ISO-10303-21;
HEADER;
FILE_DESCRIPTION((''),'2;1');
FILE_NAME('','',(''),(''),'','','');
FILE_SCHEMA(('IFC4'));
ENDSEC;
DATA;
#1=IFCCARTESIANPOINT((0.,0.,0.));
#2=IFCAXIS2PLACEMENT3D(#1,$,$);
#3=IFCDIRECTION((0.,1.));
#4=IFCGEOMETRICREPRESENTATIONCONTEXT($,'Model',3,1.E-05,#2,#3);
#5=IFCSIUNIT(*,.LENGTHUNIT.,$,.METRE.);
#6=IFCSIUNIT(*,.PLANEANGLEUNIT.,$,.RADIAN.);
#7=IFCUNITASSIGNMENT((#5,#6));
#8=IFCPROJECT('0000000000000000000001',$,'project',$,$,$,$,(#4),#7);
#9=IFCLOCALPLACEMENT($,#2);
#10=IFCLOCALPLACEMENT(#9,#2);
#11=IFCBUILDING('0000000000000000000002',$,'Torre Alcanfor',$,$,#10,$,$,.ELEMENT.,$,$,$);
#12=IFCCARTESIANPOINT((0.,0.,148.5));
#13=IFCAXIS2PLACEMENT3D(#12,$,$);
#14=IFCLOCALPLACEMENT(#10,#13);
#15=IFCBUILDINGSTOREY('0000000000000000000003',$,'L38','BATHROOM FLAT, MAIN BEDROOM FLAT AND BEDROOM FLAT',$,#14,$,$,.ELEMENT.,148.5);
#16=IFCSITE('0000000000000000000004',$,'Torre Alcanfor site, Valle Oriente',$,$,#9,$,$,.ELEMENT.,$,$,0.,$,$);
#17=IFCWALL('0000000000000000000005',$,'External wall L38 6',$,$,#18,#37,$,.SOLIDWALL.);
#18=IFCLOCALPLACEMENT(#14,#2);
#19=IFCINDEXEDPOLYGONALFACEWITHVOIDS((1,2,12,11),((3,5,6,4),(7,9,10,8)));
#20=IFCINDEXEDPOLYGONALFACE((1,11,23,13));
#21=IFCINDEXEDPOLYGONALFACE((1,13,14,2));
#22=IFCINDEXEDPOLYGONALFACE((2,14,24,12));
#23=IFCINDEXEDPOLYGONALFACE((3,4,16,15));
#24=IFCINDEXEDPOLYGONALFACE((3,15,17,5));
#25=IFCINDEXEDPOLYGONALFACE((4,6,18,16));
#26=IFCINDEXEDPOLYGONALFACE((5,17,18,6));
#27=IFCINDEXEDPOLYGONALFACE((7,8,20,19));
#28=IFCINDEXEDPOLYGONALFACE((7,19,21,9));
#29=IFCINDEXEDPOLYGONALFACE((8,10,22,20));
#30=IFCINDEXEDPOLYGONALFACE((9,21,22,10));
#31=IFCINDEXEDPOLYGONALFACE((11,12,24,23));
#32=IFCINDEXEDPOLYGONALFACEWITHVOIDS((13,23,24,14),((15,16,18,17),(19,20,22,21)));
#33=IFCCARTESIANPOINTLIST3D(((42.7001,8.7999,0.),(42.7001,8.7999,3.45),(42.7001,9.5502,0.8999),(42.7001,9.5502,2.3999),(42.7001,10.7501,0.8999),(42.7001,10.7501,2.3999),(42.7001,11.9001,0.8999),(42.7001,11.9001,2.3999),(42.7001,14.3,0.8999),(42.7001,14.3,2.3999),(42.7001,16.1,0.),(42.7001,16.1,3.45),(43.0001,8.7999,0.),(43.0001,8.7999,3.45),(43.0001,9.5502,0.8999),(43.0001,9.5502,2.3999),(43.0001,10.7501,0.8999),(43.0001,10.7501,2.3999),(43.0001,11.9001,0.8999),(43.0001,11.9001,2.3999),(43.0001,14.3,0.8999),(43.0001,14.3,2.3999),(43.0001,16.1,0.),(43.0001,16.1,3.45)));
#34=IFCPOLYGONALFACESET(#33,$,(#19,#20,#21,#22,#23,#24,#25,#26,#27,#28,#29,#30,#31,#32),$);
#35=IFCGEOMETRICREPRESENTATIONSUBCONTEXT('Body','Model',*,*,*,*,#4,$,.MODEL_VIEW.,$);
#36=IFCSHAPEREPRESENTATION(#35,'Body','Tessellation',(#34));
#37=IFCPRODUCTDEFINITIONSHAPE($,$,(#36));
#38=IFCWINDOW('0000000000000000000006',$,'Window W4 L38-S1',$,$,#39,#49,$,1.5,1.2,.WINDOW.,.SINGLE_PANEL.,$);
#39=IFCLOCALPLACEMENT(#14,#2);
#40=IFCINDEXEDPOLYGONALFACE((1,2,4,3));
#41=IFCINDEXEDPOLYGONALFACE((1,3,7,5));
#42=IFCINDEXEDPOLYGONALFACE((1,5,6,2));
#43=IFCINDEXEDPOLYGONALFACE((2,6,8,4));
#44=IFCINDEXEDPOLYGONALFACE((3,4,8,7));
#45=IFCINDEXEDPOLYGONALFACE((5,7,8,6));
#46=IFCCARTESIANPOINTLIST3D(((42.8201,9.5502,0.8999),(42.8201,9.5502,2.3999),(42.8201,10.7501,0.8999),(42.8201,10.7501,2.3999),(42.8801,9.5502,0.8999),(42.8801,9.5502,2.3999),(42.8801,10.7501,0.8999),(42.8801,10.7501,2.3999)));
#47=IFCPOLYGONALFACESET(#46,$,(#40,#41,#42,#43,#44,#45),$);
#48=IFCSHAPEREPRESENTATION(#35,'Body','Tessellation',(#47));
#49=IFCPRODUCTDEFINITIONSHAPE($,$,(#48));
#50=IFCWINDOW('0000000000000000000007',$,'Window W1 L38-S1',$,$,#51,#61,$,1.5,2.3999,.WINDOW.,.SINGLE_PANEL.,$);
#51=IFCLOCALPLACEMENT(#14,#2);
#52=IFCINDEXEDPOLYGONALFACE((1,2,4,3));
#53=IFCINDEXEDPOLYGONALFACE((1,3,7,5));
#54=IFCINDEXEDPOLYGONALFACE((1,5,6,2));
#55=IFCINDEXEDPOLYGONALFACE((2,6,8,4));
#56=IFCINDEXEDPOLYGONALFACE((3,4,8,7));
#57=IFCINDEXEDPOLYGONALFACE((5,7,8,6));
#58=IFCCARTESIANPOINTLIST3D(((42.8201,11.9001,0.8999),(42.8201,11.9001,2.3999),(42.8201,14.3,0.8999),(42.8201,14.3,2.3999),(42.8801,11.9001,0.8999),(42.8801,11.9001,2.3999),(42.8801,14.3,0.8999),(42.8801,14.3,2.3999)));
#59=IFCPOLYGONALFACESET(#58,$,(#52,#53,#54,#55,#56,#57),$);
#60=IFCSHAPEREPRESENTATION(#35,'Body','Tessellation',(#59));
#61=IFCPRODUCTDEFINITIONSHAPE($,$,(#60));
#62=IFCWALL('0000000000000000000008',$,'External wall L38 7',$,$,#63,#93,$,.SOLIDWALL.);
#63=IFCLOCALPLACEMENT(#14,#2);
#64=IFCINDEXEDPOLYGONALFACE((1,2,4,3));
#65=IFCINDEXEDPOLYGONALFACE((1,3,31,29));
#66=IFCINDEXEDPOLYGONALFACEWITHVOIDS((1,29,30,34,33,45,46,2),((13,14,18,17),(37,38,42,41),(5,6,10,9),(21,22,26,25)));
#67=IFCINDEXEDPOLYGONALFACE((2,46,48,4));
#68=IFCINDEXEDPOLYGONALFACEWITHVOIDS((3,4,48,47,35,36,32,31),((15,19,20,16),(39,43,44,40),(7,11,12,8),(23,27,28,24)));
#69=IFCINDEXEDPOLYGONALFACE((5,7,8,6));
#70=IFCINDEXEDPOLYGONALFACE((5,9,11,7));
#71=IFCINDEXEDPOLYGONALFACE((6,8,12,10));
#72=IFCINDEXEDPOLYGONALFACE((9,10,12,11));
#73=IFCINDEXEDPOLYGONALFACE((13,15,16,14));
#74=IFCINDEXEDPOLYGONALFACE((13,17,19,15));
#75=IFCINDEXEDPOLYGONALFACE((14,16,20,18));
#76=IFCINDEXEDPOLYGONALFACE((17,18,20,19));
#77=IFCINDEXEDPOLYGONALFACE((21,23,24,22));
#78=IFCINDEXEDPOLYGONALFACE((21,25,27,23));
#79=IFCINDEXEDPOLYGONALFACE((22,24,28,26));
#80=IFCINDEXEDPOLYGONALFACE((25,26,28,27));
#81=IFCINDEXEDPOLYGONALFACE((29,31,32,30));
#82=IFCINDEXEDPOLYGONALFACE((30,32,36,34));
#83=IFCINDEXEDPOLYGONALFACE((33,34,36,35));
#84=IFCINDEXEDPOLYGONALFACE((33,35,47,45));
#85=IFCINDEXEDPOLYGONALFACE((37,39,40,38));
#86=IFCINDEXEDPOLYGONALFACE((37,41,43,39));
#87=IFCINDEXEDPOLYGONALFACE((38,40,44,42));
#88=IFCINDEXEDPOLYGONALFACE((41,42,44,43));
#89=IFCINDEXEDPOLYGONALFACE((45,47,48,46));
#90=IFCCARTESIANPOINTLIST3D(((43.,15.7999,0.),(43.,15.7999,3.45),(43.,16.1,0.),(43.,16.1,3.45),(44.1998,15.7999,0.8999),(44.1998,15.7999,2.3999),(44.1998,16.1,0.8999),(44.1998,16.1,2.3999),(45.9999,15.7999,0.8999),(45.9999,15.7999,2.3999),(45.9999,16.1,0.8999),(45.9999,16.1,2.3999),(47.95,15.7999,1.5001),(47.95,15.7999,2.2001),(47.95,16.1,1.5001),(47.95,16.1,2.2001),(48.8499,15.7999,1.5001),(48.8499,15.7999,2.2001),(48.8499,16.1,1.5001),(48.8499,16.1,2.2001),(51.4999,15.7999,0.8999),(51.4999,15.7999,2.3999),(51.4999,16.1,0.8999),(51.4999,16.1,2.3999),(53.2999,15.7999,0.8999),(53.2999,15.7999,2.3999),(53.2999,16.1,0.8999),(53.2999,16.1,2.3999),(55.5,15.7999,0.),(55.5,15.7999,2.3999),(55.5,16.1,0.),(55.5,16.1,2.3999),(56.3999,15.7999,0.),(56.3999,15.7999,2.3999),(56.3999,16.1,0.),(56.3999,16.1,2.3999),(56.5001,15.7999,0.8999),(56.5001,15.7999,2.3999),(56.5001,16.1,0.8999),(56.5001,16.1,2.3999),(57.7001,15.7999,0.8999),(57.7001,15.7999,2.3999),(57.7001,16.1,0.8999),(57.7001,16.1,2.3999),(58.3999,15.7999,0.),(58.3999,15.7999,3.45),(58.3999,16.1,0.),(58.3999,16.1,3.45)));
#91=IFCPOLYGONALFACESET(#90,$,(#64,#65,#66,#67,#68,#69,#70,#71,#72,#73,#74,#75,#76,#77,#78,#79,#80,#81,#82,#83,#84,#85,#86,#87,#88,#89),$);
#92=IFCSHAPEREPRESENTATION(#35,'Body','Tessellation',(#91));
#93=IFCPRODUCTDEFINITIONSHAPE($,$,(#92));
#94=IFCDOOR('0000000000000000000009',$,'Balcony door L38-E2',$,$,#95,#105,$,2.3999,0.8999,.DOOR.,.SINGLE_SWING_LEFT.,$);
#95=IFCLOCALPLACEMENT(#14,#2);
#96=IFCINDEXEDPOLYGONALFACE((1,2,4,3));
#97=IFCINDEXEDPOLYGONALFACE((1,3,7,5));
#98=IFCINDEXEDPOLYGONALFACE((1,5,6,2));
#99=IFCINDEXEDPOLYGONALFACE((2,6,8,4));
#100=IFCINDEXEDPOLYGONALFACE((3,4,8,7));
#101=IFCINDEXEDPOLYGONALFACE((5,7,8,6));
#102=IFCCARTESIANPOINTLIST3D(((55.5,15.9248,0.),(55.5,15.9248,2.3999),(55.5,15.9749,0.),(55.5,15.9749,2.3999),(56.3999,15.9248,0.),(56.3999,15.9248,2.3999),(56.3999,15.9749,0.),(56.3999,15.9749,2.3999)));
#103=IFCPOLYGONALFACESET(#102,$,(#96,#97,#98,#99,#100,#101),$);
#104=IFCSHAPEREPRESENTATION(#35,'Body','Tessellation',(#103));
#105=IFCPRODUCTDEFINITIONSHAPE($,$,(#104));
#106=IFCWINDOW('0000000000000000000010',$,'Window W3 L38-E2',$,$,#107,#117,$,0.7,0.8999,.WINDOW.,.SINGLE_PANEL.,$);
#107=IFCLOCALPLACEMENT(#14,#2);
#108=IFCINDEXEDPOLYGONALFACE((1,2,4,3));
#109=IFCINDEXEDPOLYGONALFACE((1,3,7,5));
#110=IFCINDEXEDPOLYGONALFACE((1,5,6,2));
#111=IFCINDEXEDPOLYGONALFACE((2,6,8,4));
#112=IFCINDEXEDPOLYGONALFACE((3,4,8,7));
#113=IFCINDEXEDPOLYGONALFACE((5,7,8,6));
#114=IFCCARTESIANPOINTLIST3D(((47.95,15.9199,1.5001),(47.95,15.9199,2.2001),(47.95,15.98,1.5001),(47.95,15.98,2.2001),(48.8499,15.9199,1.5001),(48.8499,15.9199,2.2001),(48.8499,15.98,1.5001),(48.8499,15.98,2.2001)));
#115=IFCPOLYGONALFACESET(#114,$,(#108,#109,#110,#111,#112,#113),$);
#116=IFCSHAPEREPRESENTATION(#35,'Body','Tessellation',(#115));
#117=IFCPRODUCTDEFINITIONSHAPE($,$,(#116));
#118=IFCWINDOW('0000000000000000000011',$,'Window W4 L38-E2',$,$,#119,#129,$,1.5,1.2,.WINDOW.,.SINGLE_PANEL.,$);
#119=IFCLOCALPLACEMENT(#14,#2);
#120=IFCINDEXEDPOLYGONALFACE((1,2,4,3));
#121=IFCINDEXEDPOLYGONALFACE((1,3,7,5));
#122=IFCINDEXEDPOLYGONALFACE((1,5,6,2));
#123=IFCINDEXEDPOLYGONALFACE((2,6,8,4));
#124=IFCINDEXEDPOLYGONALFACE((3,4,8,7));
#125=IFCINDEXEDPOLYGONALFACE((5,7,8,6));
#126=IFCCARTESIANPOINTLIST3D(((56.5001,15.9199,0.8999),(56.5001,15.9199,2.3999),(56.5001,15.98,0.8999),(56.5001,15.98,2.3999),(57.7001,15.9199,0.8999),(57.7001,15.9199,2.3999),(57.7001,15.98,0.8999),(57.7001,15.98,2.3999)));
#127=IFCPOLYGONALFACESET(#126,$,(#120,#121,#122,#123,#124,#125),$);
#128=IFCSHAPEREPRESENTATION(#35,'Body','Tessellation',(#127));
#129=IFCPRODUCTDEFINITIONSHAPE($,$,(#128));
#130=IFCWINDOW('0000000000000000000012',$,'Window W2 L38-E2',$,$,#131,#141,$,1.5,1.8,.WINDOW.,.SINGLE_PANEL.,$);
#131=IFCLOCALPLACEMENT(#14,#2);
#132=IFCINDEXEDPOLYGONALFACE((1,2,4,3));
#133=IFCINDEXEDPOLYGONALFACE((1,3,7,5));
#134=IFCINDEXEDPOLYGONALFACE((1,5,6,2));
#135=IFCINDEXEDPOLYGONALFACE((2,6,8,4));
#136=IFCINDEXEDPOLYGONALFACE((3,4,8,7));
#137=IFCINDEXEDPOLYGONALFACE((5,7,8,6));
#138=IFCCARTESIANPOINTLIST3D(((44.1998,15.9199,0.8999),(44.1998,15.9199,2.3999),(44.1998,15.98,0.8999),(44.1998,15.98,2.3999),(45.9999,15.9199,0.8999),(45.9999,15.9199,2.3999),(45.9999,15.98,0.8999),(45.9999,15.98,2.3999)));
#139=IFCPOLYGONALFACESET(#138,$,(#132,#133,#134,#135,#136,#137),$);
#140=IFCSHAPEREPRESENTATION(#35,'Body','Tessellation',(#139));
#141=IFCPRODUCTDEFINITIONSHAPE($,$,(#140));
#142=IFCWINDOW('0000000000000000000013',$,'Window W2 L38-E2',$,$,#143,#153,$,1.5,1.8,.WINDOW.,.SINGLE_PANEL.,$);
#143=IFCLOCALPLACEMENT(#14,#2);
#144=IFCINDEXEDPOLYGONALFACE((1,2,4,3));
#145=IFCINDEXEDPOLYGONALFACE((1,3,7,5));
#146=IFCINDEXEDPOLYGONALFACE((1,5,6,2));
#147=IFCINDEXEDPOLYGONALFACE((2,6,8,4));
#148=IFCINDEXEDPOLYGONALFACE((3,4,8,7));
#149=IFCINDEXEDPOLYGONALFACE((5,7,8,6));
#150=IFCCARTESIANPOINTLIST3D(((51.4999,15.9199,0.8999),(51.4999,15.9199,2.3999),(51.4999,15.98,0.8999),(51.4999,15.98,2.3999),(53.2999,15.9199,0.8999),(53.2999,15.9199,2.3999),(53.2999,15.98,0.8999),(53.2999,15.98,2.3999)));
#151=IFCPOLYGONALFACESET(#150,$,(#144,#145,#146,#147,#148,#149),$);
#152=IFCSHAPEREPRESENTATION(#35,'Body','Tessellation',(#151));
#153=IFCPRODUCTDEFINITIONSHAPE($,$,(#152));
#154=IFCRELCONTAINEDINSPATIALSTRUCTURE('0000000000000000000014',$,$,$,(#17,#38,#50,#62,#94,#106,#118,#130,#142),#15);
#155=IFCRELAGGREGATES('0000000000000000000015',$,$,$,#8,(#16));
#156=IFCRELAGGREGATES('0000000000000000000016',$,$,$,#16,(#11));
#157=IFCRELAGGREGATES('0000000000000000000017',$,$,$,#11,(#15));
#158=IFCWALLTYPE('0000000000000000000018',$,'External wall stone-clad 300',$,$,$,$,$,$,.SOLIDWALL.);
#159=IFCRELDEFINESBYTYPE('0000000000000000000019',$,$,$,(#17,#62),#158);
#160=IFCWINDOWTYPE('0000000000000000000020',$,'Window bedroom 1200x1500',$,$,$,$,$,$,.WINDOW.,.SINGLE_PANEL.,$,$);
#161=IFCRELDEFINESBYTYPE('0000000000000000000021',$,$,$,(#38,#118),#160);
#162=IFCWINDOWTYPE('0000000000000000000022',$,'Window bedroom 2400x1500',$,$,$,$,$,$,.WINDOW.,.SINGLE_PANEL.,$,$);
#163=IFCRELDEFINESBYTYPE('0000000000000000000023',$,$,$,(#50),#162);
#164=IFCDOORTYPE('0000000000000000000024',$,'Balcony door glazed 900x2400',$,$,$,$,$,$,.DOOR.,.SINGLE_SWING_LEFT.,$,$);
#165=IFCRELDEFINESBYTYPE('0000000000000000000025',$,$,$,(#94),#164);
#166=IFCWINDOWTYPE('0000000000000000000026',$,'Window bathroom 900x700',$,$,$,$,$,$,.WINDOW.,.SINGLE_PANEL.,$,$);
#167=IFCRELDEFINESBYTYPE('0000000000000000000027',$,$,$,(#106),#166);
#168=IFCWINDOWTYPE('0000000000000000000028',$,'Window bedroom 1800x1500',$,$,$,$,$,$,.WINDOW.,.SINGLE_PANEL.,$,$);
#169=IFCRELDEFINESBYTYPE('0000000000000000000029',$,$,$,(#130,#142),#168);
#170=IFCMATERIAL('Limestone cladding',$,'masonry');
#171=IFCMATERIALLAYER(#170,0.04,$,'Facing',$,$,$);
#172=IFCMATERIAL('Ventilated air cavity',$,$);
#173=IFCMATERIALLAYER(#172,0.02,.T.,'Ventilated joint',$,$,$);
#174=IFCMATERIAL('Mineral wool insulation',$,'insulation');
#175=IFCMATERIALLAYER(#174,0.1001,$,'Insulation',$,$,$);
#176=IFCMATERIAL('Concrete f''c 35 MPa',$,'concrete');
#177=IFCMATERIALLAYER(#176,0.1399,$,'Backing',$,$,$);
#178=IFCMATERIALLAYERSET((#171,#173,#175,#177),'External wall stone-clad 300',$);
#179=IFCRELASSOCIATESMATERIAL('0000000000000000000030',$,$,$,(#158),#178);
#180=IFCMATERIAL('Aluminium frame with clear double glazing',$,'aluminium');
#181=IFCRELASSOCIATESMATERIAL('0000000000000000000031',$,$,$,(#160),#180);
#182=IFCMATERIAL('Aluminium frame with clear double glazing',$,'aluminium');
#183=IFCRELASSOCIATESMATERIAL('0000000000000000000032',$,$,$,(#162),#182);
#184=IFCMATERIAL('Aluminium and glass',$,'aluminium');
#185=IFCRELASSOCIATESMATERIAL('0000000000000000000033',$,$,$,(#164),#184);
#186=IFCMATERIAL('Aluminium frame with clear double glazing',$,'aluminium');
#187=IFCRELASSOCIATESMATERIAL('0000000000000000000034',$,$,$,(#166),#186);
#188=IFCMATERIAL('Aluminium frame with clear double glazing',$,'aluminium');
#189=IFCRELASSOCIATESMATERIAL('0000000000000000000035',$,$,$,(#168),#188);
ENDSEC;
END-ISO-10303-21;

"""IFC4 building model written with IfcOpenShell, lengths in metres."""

from ifc_helpers import new_model, si_unit, direction, frame, frame_2d, origin, place, context, subcontext, project, spatial, rectangle, extrude, material, layer, layer_set, type_object, element, fill, save


model = new_model("IFC4")

# Units and contexts
model_context = context("Model", 3, precision=1e-05, world=origin(), true_north=direction((0.0, 1.0)))
body_context = subcontext(model_context, "Body", "Model", "MODEL_VIEW")
ifc_project = project(units=[si_unit("LENGTHUNIT", "METRE"), si_unit("PLANEANGLEUNIT", "RADIAN")], contexts=[model_context])

# Site, building, storey
site_placement = place(None, origin())
site = spatial("IfcSite", under=ifc_project, at=site_placement, Name="Torre Alcanfor site, Valle Oriente", CompositionType="ELEMENT", RefElevation=0.0)
building_placement = place(site_placement, origin())
building = spatial("IfcBuilding", under=site, at=building_placement, Name="Torre Alcanfor", CompositionType="ELEMENT")
storey_placement = place(building_placement, frame((0.0, 0.0, 148.5)))
storey = spatial("IfcBuildingStorey", under=building, at=storey_placement, Name="L38", Description="BATHROOM FLAT, MAIN BEDROOM FLAT AND BEDROOM FLAT", CompositionType="ELEMENT", Elevation=148.5)

# Wall, openings, windows
ifc_material_1 = material(Name="Limestone cladding", Category="masonry")
ifc_layer_1 = layer(ifc_material_1, 0.04, Name="Facing")
ifc_material_2 = material(Name="Ventilated air cavity")
ifc_layer_2 = layer(ifc_material_2, 0.02, ventilated=True, Name="Ventilated joint")
ifc_material_3 = material(Name="Mineral wool insulation", Category="insulation")
ifc_layer_3 = layer(ifc_material_3, 0.1001, Name="Insulation")
ifc_material_4 = material(Name="Concrete f'c 35 MPa", Category="concrete")
ifc_layer_4 = layer(ifc_material_4, 0.1399, Name="Backing")
ifc_layer_set_1 = layer_set([ifc_layer_1, ifc_layer_2, ifc_layer_3, ifc_layer_4], Name="External wall stone-clad 300")
wall_type_1 = type_object("IfcWallType", Name="External wall stone-clad 300", PredefinedType="SOLIDWALL", material=ifc_layer_set_1)
wall_1_placement = place(storey_placement, frame((42.8501, 8.8, 0.0), z_axis=(0.0, 0.0, 1.0), x_axis=(0.0, 1.0, 0.0)))
wall_1 = element("IfcWall", 1, at=wall_1_placement, inside=storey, type_object=wall_type_1, Name="External wall L38 6", PredefinedType="SOLIDWALL", context=body_context, shape_type="SweptSolid", body=[
    extrude(rectangle(XDim=7.3, YDim=0.3, at=frame_2d((3.6499, 0.0))), origin(), (0.0, 0.0, 1.0), 3.45),
])
opening_1_placement = place(wall_1_placement, frame((3.1001, 0.0, 0.8999)))
opening_1 = element("IfcOpeningElement", 2, at=opening_1_placement, cuts=wall_1, PredefinedType="OPENING", context=body_context, shape_type="SweptSolid", body=[
    extrude(rectangle(XDim=2.3999, YDim=1.5, at=frame_2d((1.2, 0.75))), frame((0.0, 0.1599, 0.0), z_axis=(0.0, -1.0, 0.0), x_axis=(1.0, 0.0, 0.0)), (0.0, 0.0, 1.0), 0.3201),
])
opening_2_placement = place(wall_1_placement, frame((0.75, 0.0, 0.8999)))
opening_2 = element("IfcOpeningElement", 3, at=opening_2_placement, cuts=wall_1, PredefinedType="OPENING", context=body_context, shape_type="SweptSolid", body=[
    extrude(rectangle(XDim=1.2, YDim=1.5, at=frame_2d((0.6001, 0.75))), frame((0.0, 0.1599, 0.0), z_axis=(0.0, -1.0, 0.0), x_axis=(1.0, 0.0, 0.0)), (0.0, 0.0, 1.0), 0.3201),
])
ifc_material_5 = material(Name="Aluminium frame with clear double glazing", Category="aluminium")
window_type_1 = type_object("IfcWindowType", Name="Window bedroom 1200x1500", PartitioningType="SINGLE_PANEL", PredefinedType="WINDOW", material=ifc_material_5)
window_1_placement = place(opening_2_placement, origin())
window_1 = element("IfcWindow", 4, at=window_1_placement, inside=storey, type_object=window_type_1, Name="Window W4 L38-S1", OverallHeight=1.5, OverallWidth=1.2, PartitioningType="SINGLE_PANEL", PredefinedType="WINDOW", context=body_context, shape_type="SweptSolid", body=[
    extrude(rectangle(XDim=1.2, YDim=1.5, at=frame_2d((0.6001, 0.75))), frame((0.0, 0.03, 0.0), z_axis=(0.0, -1.0, 0.0), x_axis=(1.0, 0.0, 0.0)), (0.0, 0.0, 1.0), 0.0601),
])
fill(opening_2, window_1)
ifc_material_6 = material(Name="Aluminium frame with clear double glazing", Category="aluminium")
window_type_2 = type_object("IfcWindowType", Name="Window bedroom 2400x1500", PartitioningType="SINGLE_PANEL", PredefinedType="WINDOW", material=ifc_material_6)
window_2_placement = place(opening_1_placement, origin())
window_2 = element("IfcWindow", 5, at=window_2_placement, inside=storey, type_object=window_type_2, Name="Window W1 L38-S1", OverallHeight=1.5, OverallWidth=2.3999, PartitioningType="SINGLE_PANEL", PredefinedType="WINDOW", context=body_context, shape_type="SweptSolid", body=[
    extrude(rectangle(XDim=2.3999, YDim=1.5, at=frame_2d((1.2, 0.75))), frame((0.0, 0.03, 0.0), z_axis=(0.0, -1.0, 0.0), x_axis=(1.0, 0.0, 0.0)), (0.0, 0.0, 1.0), 0.0601),
])
fill(opening_1, window_2)

# Wall, openings, door, windows
wall_2_placement = place(storey_placement, frame((43.0, 15.95, 0.0), z_axis=(0.0, 0.0, 1.0), x_axis=(1.0, 0.0, 0.0)))
wall_2 = element("IfcWall", 6, at=wall_2_placement, inside=storey, type_object=wall_type_1, Name="External wall L38 7", PredefinedType="SOLIDWALL", context=body_context, shape_type="SweptSolid", body=[
    extrude(rectangle(XDim=15.3999, YDim=0.3, at=frame_2d((7.7, 0.0))), origin(), (0.0, 0.0, 1.0), 3.45),
])
opening_3_placement = place(wall_2_placement, frame((1.2, 0.0, 0.8999)))
opening_3 = element("IfcOpeningElement", 7, at=opening_3_placement, cuts=wall_2, PredefinedType="OPENING", context=body_context, shape_type="SweptSolid", body=[
    extrude(rectangle(XDim=1.8, YDim=1.5, at=frame_2d((0.8999, 0.75))), frame((0.0, 0.1599, 0.0), z_axis=(0.0, -1.0, 0.0), x_axis=(1.0, 0.0, 0.0)), (0.0, 0.0, 1.0), 0.3201),
])
opening_4_placement = place(wall_2_placement, frame((4.95, 0.0, 1.5)))
opening_4 = element("IfcOpeningElement", 8, at=opening_4_placement, cuts=wall_2, PredefinedType="OPENING", context=body_context, shape_type="SweptSolid", body=[
    extrude(rectangle(XDim=0.8999, YDim=0.7, at=frame_2d((0.45, 0.3501))), frame((0.0, 0.1599, 0.0), z_axis=(0.0, -1.0, 0.0), x_axis=(1.0, 0.0, 0.0)), (0.0, 0.0, 1.0), 0.3201),
])
opening_5_placement = place(wall_2_placement, frame((8.5, 0.0, 0.8999)))
opening_5 = element("IfcOpeningElement", 9, at=opening_5_placement, cuts=wall_2, PredefinedType="OPENING", context=body_context, shape_type="SweptSolid", body=[
    extrude(rectangle(XDim=1.8, YDim=1.5, at=frame_2d((0.8999, 0.75))), frame((0.0, 0.1599, 0.0), z_axis=(0.0, -1.0, 0.0), x_axis=(1.0, 0.0, 0.0)), (0.0, 0.0, 1.0), 0.3201),
])
opening_6_placement = place(wall_2_placement, frame((12.5, 0.0, 0.0)))
opening_6 = element("IfcOpeningElement", 10, at=opening_6_placement, cuts=wall_2, PredefinedType="OPENING", context=body_context, shape_type="SweptSolid", body=[
    extrude(rectangle(XDim=0.8999, YDim=2.3999, at=frame_2d((0.45, 1.2))), frame((0.0, 0.1599, 0.0), z_axis=(0.0, -1.0, 0.0), x_axis=(1.0, 0.0, 0.0)), (0.0, 0.0, 1.0), 0.3201),
])
opening_7_placement = place(wall_2_placement, frame((13.5, 0.0, 0.8999)))
opening_7 = element("IfcOpeningElement", 11, at=opening_7_placement, cuts=wall_2, PredefinedType="OPENING", context=body_context, shape_type="SweptSolid", body=[
    extrude(rectangle(XDim=1.2, YDim=1.5, at=frame_2d((0.6001, 0.75))), frame((0.0, 0.1599, 0.0), z_axis=(0.0, -1.0, 0.0), x_axis=(1.0, 0.0, 0.0)), (0.0, 0.0, 1.0), 0.3201),
])
ifc_material_7 = material(Name="Aluminium and glass", Category="aluminium")
door_type_1 = type_object("IfcDoorType", Name="Balcony door glazed 900x2400", OperationType="SINGLE_SWING_LEFT", PredefinedType="DOOR", material=ifc_material_7)
door_1_placement = place(opening_6_placement, origin())
door_1 = element("IfcDoor", 12, at=door_1_placement, inside=storey, type_object=door_type_1, Name="Balcony door L38-E2", OperationType="SINGLE_SWING_LEFT", OverallHeight=2.3999, OverallWidth=0.8999, PredefinedType="DOOR", context=body_context, shape_type="SweptSolid", body=[
    extrude(rectangle(XDim=0.8999, YDim=2.3999, at=frame_2d((0.45, 1.2))), frame((0.0, 0.0249, 0.0), z_axis=(0.0, -1.0, 0.0), x_axis=(1.0, 0.0, 0.0)), (0.0, 0.0, 1.0), 0.05),
])
fill(opening_6, door_1)
ifc_material_8 = material(Name="Aluminium frame with clear double glazing", Category="aluminium")
window_type_3 = type_object("IfcWindowType", Name="Window bathroom 900x700", PartitioningType="SINGLE_PANEL", PredefinedType="WINDOW", material=ifc_material_8)
window_3_placement = place(opening_4_placement, origin())
window_3 = element("IfcWindow", 13, at=window_3_placement, inside=storey, type_object=window_type_3, Name="Window W3 L38-E2", OverallHeight=0.7, OverallWidth=0.8999, PartitioningType="SINGLE_PANEL", PredefinedType="WINDOW", context=body_context, shape_type="SweptSolid", body=[
    extrude(rectangle(XDim=0.8999, YDim=0.7, at=frame_2d((0.45, 0.3501))), frame((0.0, 0.03, 0.0), z_axis=(0.0, -1.0, 0.0), x_axis=(1.0, 0.0, 0.0)), (0.0, 0.0, 1.0), 0.0601),
])
fill(opening_4, window_3)
window_4_placement = place(opening_7_placement, origin())
window_4 = element("IfcWindow", 14, at=window_4_placement, inside=storey, type_object=window_type_1, Name="Window W4 L38-E2", OverallHeight=1.5, OverallWidth=1.2, PartitioningType="SINGLE_PANEL", PredefinedType="WINDOW", context=body_context, shape_type="SweptSolid", body=[
    extrude(rectangle(XDim=1.2, YDim=1.5, at=frame_2d((0.6001, 0.75))), frame((0.0, 0.03, 0.0), z_axis=(0.0, -1.0, 0.0), x_axis=(1.0, 0.0, 0.0)), (0.0, 0.0, 1.0), 0.0601),
])
fill(opening_7, window_4)
ifc_material_9 = material(Name="Aluminium frame with clear double glazing", Category="aluminium")
window_type_4 = type_object("IfcWindowType", Name="Window bedroom 1800x1500", PartitioningType="SINGLE_PANEL", PredefinedType="WINDOW", material=ifc_material_9)
window_5_placement = place(opening_3_placement, origin())
window_5 = element("IfcWindow", 15, at=window_5_placement, inside=storey, type_object=window_type_4, Name="Window W2 L38-E2", OverallHeight=1.5, OverallWidth=1.8, PartitioningType="SINGLE_PANEL", PredefinedType="WINDOW", context=body_context, shape_type="SweptSolid", body=[
    extrude(rectangle(XDim=1.8, YDim=1.5, at=frame_2d((0.8999, 0.75))), frame((0.0, 0.03, 0.0), z_axis=(0.0, -1.0, 0.0), x_axis=(1.0, 0.0, 0.0)), (0.0, 0.0, 1.0), 0.0601),
])
fill(opening_3, window_5)
window_6_placement = place(opening_5_placement, origin())
window_6 = element("IfcWindow", 16, at=window_6_placement, inside=storey, type_object=window_type_4, Name="Window W2 L38-E2", OverallHeight=1.5, OverallWidth=1.8, PartitioningType="SINGLE_PANEL", PredefinedType="WINDOW", context=body_context, shape_type="SweptSolid", body=[
    extrude(rectangle(XDim=1.8, YDim=1.5, at=frame_2d((0.8999, 0.75))), frame((0.0, 0.03, 0.0), z_axis=(0.0, -1.0, 0.0), x_axis=(1.0, 0.0, 0.0)), (0.0, 0.0, 1.0), 0.0601),
])
fill(opening_5, window_6)

save(model, "model.ifc")
